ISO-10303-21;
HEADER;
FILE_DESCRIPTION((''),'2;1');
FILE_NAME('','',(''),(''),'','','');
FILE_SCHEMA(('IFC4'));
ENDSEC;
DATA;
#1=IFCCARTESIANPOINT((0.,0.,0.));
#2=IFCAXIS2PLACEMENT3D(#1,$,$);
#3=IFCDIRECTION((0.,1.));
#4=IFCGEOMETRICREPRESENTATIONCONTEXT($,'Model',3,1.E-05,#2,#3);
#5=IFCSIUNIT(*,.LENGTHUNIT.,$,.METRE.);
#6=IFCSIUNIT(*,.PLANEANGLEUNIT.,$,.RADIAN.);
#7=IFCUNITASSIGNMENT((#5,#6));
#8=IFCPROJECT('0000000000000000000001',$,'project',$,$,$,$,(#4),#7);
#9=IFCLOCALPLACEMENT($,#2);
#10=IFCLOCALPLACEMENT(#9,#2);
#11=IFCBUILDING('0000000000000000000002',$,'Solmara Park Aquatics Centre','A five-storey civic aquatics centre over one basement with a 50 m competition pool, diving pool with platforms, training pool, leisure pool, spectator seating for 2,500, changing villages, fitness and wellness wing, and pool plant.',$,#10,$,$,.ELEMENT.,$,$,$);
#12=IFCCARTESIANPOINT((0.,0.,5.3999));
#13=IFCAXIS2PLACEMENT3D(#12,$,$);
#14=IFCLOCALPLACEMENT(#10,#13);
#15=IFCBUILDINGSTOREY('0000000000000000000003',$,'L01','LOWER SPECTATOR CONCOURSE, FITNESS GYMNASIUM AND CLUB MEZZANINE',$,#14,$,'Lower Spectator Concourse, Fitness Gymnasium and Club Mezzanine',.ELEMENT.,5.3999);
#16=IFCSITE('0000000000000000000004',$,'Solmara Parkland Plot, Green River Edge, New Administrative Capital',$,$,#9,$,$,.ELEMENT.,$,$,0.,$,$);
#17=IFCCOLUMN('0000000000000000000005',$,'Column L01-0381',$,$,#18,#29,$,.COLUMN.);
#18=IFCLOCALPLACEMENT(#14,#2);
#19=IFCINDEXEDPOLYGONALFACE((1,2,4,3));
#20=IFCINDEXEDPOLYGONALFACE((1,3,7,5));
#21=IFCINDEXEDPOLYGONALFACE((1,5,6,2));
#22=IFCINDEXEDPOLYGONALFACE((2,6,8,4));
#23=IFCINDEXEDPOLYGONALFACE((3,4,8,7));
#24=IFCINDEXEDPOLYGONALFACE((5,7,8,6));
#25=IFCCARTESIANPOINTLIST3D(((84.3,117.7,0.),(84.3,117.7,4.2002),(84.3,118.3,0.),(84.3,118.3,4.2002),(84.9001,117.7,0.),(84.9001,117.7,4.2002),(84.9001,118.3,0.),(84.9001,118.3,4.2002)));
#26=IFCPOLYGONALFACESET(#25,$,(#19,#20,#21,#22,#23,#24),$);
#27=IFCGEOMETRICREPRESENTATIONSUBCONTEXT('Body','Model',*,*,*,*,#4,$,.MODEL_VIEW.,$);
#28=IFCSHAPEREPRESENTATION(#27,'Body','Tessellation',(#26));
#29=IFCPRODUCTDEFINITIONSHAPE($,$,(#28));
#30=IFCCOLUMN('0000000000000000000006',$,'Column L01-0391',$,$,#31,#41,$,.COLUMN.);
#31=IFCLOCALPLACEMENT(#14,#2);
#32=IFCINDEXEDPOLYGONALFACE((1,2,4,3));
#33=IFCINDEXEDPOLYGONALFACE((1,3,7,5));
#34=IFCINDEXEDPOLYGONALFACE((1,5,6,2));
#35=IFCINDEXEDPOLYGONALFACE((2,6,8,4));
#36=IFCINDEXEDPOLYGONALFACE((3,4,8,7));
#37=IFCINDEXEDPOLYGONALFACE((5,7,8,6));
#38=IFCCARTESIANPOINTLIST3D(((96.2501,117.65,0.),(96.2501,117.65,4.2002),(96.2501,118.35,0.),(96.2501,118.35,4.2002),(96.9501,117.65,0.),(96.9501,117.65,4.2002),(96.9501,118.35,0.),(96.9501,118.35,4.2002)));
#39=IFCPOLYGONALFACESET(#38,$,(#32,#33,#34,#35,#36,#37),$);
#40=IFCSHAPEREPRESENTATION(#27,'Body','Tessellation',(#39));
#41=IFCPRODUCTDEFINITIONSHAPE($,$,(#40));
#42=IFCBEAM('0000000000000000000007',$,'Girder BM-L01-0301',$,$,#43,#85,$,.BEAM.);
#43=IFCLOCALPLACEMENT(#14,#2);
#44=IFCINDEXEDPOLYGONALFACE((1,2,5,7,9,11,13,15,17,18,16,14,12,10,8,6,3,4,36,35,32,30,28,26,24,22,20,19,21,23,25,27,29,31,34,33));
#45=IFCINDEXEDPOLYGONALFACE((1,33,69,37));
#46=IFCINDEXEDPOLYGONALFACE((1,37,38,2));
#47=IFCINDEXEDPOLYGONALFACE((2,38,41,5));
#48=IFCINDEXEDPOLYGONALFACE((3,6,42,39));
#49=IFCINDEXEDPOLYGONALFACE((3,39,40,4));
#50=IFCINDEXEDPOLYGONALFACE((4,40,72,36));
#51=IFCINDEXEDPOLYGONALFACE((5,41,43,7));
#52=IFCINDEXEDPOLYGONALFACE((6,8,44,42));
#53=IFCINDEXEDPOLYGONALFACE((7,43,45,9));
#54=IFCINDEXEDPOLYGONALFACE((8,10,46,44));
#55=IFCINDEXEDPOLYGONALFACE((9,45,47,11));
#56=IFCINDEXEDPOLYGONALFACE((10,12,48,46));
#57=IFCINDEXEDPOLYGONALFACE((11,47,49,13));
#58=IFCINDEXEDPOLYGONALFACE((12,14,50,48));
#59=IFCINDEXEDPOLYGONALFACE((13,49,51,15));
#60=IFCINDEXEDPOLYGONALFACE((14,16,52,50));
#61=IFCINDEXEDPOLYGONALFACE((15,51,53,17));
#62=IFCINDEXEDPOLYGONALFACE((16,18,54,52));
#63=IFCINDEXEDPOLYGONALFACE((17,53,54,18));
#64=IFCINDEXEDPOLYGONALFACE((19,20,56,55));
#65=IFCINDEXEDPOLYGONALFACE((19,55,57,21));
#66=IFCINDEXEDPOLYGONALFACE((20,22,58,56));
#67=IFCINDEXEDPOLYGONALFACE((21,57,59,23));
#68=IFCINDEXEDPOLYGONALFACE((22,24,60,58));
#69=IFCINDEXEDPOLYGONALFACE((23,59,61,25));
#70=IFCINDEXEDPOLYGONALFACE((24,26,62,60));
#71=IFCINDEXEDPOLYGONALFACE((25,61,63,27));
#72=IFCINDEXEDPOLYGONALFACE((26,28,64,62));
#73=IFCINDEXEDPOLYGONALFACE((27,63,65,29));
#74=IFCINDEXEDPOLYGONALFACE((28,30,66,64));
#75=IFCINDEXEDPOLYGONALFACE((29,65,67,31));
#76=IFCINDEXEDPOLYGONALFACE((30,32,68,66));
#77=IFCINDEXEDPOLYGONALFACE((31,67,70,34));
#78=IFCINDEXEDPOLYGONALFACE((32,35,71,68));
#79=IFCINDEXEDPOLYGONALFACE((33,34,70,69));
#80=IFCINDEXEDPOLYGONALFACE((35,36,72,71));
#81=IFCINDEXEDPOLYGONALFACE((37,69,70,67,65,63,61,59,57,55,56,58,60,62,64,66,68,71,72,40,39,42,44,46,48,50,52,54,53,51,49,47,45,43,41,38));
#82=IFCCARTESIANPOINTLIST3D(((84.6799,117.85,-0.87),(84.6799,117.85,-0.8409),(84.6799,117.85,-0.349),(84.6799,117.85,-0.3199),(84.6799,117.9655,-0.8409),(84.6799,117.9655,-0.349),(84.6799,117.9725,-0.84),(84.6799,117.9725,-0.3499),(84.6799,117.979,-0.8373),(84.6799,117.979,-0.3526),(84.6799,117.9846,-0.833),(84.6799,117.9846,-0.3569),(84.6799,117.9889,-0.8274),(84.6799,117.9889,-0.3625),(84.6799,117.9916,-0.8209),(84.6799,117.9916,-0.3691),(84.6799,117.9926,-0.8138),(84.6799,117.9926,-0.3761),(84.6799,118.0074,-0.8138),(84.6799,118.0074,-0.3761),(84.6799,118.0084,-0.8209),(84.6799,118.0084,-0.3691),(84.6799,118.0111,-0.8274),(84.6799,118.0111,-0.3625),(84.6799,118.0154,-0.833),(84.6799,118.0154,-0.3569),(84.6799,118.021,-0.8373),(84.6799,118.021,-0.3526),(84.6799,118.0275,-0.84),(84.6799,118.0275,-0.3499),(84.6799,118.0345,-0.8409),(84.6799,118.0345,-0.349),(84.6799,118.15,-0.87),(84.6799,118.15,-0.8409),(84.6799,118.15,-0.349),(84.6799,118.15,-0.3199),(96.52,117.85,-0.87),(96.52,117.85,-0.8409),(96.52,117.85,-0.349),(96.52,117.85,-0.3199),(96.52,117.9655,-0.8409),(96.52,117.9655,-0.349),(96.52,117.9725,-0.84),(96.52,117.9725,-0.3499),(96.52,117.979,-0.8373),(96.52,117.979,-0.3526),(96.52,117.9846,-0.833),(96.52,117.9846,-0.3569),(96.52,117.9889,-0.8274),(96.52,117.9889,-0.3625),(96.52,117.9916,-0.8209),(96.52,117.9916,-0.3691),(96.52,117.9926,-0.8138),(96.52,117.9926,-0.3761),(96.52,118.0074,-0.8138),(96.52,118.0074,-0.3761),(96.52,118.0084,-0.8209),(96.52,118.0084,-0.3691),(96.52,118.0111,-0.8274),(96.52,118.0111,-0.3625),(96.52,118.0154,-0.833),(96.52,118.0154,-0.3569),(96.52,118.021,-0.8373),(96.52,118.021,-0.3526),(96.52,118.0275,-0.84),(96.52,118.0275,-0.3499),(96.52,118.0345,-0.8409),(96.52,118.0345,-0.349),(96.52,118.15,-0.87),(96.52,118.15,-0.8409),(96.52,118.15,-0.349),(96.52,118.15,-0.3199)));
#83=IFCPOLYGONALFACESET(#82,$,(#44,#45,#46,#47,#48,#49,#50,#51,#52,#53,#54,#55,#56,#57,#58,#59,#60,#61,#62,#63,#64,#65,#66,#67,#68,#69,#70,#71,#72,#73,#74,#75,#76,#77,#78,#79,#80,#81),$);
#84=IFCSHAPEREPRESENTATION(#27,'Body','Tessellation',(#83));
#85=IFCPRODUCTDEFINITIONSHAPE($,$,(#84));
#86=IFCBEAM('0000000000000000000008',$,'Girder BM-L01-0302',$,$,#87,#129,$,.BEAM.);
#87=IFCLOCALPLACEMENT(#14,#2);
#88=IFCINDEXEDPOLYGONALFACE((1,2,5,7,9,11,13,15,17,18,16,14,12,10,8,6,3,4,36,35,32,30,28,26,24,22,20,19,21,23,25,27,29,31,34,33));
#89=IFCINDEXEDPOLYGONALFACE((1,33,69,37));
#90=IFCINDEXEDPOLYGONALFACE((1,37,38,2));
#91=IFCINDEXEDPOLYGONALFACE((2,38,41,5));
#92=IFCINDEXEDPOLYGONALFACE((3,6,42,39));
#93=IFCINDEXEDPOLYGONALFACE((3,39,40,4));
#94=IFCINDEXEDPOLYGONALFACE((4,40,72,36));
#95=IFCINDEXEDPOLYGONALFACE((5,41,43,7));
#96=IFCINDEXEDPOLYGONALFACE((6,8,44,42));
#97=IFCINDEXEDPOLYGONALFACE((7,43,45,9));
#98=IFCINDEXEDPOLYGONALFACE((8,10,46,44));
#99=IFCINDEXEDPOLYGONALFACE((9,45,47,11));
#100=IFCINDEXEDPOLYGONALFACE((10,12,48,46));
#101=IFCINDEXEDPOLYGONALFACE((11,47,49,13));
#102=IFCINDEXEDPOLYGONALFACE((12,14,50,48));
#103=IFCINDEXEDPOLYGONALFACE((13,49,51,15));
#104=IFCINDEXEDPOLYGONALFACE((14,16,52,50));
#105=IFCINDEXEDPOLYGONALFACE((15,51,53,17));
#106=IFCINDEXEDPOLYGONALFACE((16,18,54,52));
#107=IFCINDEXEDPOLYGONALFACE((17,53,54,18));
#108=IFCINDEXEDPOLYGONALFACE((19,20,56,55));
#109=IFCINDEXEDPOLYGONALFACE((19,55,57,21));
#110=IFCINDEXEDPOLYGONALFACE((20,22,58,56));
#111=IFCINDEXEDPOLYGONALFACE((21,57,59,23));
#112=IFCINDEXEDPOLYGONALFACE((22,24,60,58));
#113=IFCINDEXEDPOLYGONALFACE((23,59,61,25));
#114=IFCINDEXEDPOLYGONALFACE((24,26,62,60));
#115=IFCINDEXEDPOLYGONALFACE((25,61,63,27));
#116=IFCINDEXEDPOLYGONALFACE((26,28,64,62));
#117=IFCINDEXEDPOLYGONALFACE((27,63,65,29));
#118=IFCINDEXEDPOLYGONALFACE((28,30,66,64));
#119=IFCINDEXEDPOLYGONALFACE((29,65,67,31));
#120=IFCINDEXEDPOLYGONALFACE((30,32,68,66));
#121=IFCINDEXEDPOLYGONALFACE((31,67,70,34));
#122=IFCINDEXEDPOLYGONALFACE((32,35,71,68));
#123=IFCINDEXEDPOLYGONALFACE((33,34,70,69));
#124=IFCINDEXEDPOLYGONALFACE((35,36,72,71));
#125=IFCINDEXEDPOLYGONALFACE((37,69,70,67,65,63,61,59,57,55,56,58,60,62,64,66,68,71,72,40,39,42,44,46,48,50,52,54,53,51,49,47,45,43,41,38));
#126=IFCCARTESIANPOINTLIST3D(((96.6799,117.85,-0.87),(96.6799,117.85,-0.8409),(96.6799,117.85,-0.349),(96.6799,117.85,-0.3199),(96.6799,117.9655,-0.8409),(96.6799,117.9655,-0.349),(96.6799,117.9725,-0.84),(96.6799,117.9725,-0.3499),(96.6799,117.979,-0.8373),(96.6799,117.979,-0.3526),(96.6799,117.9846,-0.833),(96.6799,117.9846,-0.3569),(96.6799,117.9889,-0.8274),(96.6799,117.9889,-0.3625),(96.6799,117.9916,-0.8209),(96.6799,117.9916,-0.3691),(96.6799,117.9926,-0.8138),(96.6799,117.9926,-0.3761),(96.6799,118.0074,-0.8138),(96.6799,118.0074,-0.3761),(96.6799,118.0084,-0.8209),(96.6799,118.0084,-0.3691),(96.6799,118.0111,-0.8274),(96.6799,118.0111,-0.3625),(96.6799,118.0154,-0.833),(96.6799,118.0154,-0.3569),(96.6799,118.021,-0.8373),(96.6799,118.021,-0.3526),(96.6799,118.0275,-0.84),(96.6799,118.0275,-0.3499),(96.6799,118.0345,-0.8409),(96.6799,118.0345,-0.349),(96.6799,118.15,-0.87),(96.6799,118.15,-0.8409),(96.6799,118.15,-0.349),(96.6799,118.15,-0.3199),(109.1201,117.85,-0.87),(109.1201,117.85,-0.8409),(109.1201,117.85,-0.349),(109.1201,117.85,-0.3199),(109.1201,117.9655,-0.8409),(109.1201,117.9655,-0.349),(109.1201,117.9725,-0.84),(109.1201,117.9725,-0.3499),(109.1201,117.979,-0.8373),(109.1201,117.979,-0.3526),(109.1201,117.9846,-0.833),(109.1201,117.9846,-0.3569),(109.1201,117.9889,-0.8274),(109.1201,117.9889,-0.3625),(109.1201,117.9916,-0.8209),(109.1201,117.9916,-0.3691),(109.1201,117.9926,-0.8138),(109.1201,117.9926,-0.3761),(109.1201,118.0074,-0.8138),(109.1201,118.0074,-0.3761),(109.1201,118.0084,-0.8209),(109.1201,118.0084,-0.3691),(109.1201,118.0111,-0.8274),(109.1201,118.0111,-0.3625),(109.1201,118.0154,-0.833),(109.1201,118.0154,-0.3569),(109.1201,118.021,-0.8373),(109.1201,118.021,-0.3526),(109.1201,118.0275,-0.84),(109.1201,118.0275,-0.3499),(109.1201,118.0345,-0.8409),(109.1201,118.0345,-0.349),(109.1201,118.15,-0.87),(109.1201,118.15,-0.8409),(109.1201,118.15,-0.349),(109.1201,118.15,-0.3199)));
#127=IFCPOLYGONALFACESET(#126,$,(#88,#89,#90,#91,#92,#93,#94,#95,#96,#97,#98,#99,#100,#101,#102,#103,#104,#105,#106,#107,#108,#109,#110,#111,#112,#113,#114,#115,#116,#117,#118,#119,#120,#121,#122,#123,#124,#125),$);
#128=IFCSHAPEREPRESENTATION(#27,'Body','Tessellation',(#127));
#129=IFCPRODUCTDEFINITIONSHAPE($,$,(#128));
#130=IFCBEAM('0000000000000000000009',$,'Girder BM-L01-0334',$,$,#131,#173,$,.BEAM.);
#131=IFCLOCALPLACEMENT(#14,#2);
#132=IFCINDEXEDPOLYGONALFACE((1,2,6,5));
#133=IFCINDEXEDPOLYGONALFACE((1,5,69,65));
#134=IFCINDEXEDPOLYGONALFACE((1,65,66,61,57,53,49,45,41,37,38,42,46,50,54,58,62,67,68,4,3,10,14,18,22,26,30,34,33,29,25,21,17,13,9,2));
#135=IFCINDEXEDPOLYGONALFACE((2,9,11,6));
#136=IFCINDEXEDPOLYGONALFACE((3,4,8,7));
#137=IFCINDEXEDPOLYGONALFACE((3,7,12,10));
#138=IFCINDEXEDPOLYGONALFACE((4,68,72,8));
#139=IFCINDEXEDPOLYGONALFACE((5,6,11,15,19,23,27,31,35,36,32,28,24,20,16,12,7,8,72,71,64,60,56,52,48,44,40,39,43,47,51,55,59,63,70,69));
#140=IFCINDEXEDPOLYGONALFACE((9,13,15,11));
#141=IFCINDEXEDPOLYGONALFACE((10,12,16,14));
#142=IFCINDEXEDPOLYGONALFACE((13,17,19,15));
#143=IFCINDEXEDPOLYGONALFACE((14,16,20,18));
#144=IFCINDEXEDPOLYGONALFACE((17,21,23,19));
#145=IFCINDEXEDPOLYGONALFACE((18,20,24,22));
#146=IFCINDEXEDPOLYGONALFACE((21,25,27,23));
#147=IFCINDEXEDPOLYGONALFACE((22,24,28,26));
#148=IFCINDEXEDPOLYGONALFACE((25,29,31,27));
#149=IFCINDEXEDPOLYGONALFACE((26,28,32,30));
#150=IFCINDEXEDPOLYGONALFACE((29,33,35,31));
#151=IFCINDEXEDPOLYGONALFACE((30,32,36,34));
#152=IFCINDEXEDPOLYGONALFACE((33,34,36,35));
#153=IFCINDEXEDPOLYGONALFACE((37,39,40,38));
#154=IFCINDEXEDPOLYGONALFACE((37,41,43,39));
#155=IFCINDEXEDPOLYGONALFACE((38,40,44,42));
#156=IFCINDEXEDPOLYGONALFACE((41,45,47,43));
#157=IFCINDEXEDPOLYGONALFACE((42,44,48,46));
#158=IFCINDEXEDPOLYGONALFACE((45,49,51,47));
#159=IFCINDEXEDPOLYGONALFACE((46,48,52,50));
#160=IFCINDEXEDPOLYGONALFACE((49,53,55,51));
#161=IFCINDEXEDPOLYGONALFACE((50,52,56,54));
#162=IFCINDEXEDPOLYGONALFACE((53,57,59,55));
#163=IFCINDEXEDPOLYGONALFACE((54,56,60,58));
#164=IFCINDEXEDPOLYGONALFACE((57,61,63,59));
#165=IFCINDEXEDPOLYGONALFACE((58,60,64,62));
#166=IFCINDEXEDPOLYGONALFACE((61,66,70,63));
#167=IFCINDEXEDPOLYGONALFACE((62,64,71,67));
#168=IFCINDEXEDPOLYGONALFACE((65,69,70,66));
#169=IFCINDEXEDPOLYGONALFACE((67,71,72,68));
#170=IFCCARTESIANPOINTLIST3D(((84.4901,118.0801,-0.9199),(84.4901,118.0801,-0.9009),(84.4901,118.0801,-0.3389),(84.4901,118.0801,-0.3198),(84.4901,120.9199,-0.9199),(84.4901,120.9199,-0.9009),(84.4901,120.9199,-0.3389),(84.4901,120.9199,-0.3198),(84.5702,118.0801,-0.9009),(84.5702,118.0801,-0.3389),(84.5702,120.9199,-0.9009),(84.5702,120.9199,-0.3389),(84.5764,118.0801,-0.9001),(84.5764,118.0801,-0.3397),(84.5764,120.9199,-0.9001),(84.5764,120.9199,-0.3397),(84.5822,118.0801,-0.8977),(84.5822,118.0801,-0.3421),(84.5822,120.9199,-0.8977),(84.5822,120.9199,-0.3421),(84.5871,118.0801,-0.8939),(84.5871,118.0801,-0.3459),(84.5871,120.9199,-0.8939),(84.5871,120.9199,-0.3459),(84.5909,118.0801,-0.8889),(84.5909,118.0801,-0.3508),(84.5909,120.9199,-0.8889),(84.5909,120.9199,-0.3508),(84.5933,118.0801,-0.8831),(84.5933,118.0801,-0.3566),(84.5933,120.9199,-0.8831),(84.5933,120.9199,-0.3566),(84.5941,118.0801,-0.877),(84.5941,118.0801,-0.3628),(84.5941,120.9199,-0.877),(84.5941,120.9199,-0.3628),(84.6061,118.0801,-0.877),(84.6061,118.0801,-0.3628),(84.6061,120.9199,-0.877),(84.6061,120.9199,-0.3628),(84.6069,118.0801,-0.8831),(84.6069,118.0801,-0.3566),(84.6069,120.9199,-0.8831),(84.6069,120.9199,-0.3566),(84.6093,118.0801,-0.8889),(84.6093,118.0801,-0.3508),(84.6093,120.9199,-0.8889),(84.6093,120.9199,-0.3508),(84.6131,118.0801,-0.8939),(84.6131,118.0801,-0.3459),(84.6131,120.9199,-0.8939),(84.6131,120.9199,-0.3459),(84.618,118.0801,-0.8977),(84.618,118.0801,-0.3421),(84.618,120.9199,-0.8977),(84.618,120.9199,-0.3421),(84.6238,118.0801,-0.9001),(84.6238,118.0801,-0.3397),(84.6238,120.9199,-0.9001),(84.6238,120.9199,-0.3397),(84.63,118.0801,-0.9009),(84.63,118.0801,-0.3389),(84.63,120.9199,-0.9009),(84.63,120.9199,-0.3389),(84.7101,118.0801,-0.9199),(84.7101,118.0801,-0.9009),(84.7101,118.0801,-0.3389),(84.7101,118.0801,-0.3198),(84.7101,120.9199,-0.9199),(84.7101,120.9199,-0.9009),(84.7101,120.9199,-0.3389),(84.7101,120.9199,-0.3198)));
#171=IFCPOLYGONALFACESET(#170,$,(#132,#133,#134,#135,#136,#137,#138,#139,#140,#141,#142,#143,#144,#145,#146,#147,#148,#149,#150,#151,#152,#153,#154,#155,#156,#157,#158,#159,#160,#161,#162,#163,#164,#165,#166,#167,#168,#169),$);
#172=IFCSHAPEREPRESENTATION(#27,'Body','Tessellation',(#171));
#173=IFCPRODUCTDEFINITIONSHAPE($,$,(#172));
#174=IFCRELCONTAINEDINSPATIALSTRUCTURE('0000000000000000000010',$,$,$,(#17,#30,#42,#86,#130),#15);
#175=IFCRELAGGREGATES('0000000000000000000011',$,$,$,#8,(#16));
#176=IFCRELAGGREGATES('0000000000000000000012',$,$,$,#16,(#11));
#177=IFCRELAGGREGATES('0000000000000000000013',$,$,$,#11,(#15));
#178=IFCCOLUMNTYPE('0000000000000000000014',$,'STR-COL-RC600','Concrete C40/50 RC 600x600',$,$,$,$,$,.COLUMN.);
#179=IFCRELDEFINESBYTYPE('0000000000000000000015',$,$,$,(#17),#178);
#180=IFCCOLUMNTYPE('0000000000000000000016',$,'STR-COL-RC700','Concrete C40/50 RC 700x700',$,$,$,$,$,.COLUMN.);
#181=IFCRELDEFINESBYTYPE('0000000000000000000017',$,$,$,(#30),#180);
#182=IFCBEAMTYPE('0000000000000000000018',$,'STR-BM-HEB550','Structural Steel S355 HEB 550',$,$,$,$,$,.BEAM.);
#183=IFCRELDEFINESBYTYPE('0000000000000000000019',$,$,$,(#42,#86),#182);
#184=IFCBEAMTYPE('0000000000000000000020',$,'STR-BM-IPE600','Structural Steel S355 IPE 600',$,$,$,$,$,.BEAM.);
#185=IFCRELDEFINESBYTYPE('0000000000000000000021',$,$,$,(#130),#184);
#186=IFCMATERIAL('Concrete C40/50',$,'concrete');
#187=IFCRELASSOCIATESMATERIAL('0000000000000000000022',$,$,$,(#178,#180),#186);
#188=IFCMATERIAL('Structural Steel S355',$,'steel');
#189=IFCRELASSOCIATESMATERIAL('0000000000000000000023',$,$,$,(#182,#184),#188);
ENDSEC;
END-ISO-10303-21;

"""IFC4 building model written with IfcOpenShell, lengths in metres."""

from ifc_helpers import new_model, si_unit, direction, frame, origin, origin_2d, place, context, subcontext, project, spatial, rectangle, i_section, extrude, material, material_profile, profile_set, type_object, element, save


model = new_model("IFC4")

# Units and contexts
model_context = context("Model", 3, precision=1e-05, world=origin(), true_north=direction((0.0, 1.0)))
body_context = subcontext(model_context, "Body", "Model", "MODEL_VIEW")
ifc_project = project(units=[si_unit("LENGTHUNIT", "METRE"), si_unit("PLANEANGLEUNIT", "RADIAN")], contexts=[model_context])

# Site, building, storey
site_placement = place(None, origin())
site = spatial("IfcSite", under=ifc_project, at=site_placement, Name="Solmara Parkland Plot, Green River Edge, New Administrative Capital", CompositionType="ELEMENT", RefElevation=0.0)
building_placement = place(site_placement, origin())
building = spatial("IfcBuilding", under=site, at=building_placement, Name="Solmara Park Aquatics Centre", Description="A five-storey civic aquatics centre over one basement with a 50 m competition pool, diving pool with platforms, training pool, leisure pool, spectator seating for 2,500, changing villages, fitness and wellness wing, and pool plant.", CompositionType="ELEMENT")
storey_placement = place(building_placement, frame((0.0, 0.0, 5.3999)))
storey = spatial("IfcBuildingStorey", under=building, at=storey_placement, Name="L01", Description="LOWER SPECTATOR CONCOURSE, FITNESS GYMNASIUM AND CLUB MEZZANINE", LongName="Lower Spectator Concourse, Fitness Gymnasium and Club Mezzanine", CompositionType="ELEMENT", Elevation=5.3999)

# Columns
ifc_material_1 = material(Name="Concrete C40/50", Category="concrete")
ifc_material_profile_1 = material_profile(ifc_material_1, rectangle(XDim=0.6001, YDim=0.6001, at=origin_2d()), Name="RC 600x600")
ifc_profile_set_1 = profile_set([ifc_material_profile_1], Name="Concrete C40/50")
column_type_1 = type_object("IfcColumnType", Name="STR-COL-RC600", Description="Concrete C40/50 RC 600x600", PredefinedType="COLUMN", material=ifc_profile_set_1)
column_1_placement = place(storey_placement, frame((84.6001, 118.0, 0.0), z_axis=(0.0, 0.0, 1.0), x_axis=(1.0, 0.0, 0.0)))
element("IfcColumn", 1, at=column_1_placement, inside=storey, type_object=column_type_1, Name="Column L01-0381", PredefinedType="COLUMN", context=body_context, shape_type="SweptSolid", body=[
    extrude(rectangle(XDim=0.6001, YDim=0.6001, at=origin_2d()), origin(), (0.0, 0.0, 1.0), 4.2002),
])
ifc_material_profile_2 = material_profile(ifc_material_1, rectangle(XDim=0.7, YDim=0.7, at=origin_2d()), Name="RC 700x700")
ifc_profile_set_2 = profile_set([ifc_material_profile_2], Name="Concrete C40/50")
column_type_2 = type_object("IfcColumnType", Name="STR-COL-RC700", Description="Concrete C40/50 RC 700x700", PredefinedType="COLUMN", material=ifc_profile_set_2)
column_2_placement = place(storey_placement, frame((96.6001, 118.0, 0.0), z_axis=(0.0, 0.0, 1.0), x_axis=(1.0, 0.0, 0.0)))
element("IfcColumn", 2, at=column_2_placement, inside=storey, type_object=column_type_2, Name="Column L01-0391", PredefinedType="COLUMN", context=body_context, shape_type="SweptSolid", body=[
    extrude(rectangle(XDim=0.7, YDim=0.7, at=origin_2d()), origin(), (0.0, 0.0, 1.0), 4.2002),
])

# Beams
ifc_material_2 = material(Name="Structural Steel S355", Category="steel")
ifc_material_profile_3 = material_profile(ifc_material_2, i_section(OverallWidth=0.3, OverallDepth=0.55, WebThickness=0.0149, FlangeThickness=0.0291, FilletRadius=0.0271, at=origin_2d()), Name="HEB 550")
ifc_profile_set_3 = profile_set([ifc_material_profile_3], Name="Structural Steel S355")
beam_type_1 = type_object("IfcBeamType", Name="STR-BM-HEB550", Description="Structural Steel S355 HEB 550", PredefinedType="BEAM", material=ifc_profile_set_3)
beam_1_placement = place(storey_placement, frame((84.6799, 118.0, -0.595), z_axis=(1.0, 0.0, 0.0), x_axis=(0.0, 1.0, 0.0)))
element("IfcBeam", 3, at=beam_1_placement, inside=storey, type_object=beam_type_1, Name="Girder BM-L01-0301", PredefinedType="BEAM", context=body_context, shape_type="SweptSolid", body=[
    extrude(i_section(OverallWidth=0.3, OverallDepth=0.55, WebThickness=0.0149, FlangeThickness=0.0291, FilletRadius=0.0271, at=origin_2d()), origin(), (0.0, 0.0, 1.0), 11.8401),
])
beam_2_placement = place(storey_placement, frame((96.6799, 118.0, -0.595), z_axis=(1.0, 0.0, 0.0), x_axis=(0.0, 1.0, 0.0)))
element("IfcBeam", 4, at=beam_2_placement, inside=storey, type_object=beam_type_1, Name="Girder BM-L01-0302", PredefinedType="BEAM", context=body_context, shape_type="SweptSolid", body=[
    extrude(i_section(OverallWidth=0.3, OverallDepth=0.55, WebThickness=0.0149, FlangeThickness=0.0291, FilletRadius=0.0271, at=origin_2d()), origin(), (0.0, 0.0, 1.0), 12.4402),
])
ifc_material_profile_4 = material_profile(ifc_material_2, i_section(OverallWidth=0.22, OverallDepth=0.6001, WebThickness=0.012, FlangeThickness=0.019, FilletRadius=0.0239, at=origin_2d()), Name="IPE 600")
ifc_profile_set_4 = profile_set([ifc_material_profile_4], Name="Structural Steel S355")
beam_type_2 = type_object("IfcBeamType", Name="STR-BM-IPE600", Description="Structural Steel S355 IPE 600", PredefinedType="BEAM", material=ifc_profile_set_4)
beam_3_placement = place(storey_placement, frame((84.6001, 118.0801, -0.6199), z_axis=(0.0, 1.0, 0.0), x_axis=(-1.0, 0.0, 0.0)))
element("IfcBeam", 5, at=beam_3_placement, inside=storey, type_object=beam_type_2, Name="Girder BM-L01-0334", PredefinedType="BEAM", context=body_context, shape_type="SweptSolid", body=[
    extrude(i_section(OverallWidth=0.22, OverallDepth=0.6001, WebThickness=0.012, FlangeThickness=0.019, FilletRadius=0.0239, at=origin_2d()), origin(), (0.0, 0.0, 1.0), 2.8398),
])

save(model, "model.ifc")
